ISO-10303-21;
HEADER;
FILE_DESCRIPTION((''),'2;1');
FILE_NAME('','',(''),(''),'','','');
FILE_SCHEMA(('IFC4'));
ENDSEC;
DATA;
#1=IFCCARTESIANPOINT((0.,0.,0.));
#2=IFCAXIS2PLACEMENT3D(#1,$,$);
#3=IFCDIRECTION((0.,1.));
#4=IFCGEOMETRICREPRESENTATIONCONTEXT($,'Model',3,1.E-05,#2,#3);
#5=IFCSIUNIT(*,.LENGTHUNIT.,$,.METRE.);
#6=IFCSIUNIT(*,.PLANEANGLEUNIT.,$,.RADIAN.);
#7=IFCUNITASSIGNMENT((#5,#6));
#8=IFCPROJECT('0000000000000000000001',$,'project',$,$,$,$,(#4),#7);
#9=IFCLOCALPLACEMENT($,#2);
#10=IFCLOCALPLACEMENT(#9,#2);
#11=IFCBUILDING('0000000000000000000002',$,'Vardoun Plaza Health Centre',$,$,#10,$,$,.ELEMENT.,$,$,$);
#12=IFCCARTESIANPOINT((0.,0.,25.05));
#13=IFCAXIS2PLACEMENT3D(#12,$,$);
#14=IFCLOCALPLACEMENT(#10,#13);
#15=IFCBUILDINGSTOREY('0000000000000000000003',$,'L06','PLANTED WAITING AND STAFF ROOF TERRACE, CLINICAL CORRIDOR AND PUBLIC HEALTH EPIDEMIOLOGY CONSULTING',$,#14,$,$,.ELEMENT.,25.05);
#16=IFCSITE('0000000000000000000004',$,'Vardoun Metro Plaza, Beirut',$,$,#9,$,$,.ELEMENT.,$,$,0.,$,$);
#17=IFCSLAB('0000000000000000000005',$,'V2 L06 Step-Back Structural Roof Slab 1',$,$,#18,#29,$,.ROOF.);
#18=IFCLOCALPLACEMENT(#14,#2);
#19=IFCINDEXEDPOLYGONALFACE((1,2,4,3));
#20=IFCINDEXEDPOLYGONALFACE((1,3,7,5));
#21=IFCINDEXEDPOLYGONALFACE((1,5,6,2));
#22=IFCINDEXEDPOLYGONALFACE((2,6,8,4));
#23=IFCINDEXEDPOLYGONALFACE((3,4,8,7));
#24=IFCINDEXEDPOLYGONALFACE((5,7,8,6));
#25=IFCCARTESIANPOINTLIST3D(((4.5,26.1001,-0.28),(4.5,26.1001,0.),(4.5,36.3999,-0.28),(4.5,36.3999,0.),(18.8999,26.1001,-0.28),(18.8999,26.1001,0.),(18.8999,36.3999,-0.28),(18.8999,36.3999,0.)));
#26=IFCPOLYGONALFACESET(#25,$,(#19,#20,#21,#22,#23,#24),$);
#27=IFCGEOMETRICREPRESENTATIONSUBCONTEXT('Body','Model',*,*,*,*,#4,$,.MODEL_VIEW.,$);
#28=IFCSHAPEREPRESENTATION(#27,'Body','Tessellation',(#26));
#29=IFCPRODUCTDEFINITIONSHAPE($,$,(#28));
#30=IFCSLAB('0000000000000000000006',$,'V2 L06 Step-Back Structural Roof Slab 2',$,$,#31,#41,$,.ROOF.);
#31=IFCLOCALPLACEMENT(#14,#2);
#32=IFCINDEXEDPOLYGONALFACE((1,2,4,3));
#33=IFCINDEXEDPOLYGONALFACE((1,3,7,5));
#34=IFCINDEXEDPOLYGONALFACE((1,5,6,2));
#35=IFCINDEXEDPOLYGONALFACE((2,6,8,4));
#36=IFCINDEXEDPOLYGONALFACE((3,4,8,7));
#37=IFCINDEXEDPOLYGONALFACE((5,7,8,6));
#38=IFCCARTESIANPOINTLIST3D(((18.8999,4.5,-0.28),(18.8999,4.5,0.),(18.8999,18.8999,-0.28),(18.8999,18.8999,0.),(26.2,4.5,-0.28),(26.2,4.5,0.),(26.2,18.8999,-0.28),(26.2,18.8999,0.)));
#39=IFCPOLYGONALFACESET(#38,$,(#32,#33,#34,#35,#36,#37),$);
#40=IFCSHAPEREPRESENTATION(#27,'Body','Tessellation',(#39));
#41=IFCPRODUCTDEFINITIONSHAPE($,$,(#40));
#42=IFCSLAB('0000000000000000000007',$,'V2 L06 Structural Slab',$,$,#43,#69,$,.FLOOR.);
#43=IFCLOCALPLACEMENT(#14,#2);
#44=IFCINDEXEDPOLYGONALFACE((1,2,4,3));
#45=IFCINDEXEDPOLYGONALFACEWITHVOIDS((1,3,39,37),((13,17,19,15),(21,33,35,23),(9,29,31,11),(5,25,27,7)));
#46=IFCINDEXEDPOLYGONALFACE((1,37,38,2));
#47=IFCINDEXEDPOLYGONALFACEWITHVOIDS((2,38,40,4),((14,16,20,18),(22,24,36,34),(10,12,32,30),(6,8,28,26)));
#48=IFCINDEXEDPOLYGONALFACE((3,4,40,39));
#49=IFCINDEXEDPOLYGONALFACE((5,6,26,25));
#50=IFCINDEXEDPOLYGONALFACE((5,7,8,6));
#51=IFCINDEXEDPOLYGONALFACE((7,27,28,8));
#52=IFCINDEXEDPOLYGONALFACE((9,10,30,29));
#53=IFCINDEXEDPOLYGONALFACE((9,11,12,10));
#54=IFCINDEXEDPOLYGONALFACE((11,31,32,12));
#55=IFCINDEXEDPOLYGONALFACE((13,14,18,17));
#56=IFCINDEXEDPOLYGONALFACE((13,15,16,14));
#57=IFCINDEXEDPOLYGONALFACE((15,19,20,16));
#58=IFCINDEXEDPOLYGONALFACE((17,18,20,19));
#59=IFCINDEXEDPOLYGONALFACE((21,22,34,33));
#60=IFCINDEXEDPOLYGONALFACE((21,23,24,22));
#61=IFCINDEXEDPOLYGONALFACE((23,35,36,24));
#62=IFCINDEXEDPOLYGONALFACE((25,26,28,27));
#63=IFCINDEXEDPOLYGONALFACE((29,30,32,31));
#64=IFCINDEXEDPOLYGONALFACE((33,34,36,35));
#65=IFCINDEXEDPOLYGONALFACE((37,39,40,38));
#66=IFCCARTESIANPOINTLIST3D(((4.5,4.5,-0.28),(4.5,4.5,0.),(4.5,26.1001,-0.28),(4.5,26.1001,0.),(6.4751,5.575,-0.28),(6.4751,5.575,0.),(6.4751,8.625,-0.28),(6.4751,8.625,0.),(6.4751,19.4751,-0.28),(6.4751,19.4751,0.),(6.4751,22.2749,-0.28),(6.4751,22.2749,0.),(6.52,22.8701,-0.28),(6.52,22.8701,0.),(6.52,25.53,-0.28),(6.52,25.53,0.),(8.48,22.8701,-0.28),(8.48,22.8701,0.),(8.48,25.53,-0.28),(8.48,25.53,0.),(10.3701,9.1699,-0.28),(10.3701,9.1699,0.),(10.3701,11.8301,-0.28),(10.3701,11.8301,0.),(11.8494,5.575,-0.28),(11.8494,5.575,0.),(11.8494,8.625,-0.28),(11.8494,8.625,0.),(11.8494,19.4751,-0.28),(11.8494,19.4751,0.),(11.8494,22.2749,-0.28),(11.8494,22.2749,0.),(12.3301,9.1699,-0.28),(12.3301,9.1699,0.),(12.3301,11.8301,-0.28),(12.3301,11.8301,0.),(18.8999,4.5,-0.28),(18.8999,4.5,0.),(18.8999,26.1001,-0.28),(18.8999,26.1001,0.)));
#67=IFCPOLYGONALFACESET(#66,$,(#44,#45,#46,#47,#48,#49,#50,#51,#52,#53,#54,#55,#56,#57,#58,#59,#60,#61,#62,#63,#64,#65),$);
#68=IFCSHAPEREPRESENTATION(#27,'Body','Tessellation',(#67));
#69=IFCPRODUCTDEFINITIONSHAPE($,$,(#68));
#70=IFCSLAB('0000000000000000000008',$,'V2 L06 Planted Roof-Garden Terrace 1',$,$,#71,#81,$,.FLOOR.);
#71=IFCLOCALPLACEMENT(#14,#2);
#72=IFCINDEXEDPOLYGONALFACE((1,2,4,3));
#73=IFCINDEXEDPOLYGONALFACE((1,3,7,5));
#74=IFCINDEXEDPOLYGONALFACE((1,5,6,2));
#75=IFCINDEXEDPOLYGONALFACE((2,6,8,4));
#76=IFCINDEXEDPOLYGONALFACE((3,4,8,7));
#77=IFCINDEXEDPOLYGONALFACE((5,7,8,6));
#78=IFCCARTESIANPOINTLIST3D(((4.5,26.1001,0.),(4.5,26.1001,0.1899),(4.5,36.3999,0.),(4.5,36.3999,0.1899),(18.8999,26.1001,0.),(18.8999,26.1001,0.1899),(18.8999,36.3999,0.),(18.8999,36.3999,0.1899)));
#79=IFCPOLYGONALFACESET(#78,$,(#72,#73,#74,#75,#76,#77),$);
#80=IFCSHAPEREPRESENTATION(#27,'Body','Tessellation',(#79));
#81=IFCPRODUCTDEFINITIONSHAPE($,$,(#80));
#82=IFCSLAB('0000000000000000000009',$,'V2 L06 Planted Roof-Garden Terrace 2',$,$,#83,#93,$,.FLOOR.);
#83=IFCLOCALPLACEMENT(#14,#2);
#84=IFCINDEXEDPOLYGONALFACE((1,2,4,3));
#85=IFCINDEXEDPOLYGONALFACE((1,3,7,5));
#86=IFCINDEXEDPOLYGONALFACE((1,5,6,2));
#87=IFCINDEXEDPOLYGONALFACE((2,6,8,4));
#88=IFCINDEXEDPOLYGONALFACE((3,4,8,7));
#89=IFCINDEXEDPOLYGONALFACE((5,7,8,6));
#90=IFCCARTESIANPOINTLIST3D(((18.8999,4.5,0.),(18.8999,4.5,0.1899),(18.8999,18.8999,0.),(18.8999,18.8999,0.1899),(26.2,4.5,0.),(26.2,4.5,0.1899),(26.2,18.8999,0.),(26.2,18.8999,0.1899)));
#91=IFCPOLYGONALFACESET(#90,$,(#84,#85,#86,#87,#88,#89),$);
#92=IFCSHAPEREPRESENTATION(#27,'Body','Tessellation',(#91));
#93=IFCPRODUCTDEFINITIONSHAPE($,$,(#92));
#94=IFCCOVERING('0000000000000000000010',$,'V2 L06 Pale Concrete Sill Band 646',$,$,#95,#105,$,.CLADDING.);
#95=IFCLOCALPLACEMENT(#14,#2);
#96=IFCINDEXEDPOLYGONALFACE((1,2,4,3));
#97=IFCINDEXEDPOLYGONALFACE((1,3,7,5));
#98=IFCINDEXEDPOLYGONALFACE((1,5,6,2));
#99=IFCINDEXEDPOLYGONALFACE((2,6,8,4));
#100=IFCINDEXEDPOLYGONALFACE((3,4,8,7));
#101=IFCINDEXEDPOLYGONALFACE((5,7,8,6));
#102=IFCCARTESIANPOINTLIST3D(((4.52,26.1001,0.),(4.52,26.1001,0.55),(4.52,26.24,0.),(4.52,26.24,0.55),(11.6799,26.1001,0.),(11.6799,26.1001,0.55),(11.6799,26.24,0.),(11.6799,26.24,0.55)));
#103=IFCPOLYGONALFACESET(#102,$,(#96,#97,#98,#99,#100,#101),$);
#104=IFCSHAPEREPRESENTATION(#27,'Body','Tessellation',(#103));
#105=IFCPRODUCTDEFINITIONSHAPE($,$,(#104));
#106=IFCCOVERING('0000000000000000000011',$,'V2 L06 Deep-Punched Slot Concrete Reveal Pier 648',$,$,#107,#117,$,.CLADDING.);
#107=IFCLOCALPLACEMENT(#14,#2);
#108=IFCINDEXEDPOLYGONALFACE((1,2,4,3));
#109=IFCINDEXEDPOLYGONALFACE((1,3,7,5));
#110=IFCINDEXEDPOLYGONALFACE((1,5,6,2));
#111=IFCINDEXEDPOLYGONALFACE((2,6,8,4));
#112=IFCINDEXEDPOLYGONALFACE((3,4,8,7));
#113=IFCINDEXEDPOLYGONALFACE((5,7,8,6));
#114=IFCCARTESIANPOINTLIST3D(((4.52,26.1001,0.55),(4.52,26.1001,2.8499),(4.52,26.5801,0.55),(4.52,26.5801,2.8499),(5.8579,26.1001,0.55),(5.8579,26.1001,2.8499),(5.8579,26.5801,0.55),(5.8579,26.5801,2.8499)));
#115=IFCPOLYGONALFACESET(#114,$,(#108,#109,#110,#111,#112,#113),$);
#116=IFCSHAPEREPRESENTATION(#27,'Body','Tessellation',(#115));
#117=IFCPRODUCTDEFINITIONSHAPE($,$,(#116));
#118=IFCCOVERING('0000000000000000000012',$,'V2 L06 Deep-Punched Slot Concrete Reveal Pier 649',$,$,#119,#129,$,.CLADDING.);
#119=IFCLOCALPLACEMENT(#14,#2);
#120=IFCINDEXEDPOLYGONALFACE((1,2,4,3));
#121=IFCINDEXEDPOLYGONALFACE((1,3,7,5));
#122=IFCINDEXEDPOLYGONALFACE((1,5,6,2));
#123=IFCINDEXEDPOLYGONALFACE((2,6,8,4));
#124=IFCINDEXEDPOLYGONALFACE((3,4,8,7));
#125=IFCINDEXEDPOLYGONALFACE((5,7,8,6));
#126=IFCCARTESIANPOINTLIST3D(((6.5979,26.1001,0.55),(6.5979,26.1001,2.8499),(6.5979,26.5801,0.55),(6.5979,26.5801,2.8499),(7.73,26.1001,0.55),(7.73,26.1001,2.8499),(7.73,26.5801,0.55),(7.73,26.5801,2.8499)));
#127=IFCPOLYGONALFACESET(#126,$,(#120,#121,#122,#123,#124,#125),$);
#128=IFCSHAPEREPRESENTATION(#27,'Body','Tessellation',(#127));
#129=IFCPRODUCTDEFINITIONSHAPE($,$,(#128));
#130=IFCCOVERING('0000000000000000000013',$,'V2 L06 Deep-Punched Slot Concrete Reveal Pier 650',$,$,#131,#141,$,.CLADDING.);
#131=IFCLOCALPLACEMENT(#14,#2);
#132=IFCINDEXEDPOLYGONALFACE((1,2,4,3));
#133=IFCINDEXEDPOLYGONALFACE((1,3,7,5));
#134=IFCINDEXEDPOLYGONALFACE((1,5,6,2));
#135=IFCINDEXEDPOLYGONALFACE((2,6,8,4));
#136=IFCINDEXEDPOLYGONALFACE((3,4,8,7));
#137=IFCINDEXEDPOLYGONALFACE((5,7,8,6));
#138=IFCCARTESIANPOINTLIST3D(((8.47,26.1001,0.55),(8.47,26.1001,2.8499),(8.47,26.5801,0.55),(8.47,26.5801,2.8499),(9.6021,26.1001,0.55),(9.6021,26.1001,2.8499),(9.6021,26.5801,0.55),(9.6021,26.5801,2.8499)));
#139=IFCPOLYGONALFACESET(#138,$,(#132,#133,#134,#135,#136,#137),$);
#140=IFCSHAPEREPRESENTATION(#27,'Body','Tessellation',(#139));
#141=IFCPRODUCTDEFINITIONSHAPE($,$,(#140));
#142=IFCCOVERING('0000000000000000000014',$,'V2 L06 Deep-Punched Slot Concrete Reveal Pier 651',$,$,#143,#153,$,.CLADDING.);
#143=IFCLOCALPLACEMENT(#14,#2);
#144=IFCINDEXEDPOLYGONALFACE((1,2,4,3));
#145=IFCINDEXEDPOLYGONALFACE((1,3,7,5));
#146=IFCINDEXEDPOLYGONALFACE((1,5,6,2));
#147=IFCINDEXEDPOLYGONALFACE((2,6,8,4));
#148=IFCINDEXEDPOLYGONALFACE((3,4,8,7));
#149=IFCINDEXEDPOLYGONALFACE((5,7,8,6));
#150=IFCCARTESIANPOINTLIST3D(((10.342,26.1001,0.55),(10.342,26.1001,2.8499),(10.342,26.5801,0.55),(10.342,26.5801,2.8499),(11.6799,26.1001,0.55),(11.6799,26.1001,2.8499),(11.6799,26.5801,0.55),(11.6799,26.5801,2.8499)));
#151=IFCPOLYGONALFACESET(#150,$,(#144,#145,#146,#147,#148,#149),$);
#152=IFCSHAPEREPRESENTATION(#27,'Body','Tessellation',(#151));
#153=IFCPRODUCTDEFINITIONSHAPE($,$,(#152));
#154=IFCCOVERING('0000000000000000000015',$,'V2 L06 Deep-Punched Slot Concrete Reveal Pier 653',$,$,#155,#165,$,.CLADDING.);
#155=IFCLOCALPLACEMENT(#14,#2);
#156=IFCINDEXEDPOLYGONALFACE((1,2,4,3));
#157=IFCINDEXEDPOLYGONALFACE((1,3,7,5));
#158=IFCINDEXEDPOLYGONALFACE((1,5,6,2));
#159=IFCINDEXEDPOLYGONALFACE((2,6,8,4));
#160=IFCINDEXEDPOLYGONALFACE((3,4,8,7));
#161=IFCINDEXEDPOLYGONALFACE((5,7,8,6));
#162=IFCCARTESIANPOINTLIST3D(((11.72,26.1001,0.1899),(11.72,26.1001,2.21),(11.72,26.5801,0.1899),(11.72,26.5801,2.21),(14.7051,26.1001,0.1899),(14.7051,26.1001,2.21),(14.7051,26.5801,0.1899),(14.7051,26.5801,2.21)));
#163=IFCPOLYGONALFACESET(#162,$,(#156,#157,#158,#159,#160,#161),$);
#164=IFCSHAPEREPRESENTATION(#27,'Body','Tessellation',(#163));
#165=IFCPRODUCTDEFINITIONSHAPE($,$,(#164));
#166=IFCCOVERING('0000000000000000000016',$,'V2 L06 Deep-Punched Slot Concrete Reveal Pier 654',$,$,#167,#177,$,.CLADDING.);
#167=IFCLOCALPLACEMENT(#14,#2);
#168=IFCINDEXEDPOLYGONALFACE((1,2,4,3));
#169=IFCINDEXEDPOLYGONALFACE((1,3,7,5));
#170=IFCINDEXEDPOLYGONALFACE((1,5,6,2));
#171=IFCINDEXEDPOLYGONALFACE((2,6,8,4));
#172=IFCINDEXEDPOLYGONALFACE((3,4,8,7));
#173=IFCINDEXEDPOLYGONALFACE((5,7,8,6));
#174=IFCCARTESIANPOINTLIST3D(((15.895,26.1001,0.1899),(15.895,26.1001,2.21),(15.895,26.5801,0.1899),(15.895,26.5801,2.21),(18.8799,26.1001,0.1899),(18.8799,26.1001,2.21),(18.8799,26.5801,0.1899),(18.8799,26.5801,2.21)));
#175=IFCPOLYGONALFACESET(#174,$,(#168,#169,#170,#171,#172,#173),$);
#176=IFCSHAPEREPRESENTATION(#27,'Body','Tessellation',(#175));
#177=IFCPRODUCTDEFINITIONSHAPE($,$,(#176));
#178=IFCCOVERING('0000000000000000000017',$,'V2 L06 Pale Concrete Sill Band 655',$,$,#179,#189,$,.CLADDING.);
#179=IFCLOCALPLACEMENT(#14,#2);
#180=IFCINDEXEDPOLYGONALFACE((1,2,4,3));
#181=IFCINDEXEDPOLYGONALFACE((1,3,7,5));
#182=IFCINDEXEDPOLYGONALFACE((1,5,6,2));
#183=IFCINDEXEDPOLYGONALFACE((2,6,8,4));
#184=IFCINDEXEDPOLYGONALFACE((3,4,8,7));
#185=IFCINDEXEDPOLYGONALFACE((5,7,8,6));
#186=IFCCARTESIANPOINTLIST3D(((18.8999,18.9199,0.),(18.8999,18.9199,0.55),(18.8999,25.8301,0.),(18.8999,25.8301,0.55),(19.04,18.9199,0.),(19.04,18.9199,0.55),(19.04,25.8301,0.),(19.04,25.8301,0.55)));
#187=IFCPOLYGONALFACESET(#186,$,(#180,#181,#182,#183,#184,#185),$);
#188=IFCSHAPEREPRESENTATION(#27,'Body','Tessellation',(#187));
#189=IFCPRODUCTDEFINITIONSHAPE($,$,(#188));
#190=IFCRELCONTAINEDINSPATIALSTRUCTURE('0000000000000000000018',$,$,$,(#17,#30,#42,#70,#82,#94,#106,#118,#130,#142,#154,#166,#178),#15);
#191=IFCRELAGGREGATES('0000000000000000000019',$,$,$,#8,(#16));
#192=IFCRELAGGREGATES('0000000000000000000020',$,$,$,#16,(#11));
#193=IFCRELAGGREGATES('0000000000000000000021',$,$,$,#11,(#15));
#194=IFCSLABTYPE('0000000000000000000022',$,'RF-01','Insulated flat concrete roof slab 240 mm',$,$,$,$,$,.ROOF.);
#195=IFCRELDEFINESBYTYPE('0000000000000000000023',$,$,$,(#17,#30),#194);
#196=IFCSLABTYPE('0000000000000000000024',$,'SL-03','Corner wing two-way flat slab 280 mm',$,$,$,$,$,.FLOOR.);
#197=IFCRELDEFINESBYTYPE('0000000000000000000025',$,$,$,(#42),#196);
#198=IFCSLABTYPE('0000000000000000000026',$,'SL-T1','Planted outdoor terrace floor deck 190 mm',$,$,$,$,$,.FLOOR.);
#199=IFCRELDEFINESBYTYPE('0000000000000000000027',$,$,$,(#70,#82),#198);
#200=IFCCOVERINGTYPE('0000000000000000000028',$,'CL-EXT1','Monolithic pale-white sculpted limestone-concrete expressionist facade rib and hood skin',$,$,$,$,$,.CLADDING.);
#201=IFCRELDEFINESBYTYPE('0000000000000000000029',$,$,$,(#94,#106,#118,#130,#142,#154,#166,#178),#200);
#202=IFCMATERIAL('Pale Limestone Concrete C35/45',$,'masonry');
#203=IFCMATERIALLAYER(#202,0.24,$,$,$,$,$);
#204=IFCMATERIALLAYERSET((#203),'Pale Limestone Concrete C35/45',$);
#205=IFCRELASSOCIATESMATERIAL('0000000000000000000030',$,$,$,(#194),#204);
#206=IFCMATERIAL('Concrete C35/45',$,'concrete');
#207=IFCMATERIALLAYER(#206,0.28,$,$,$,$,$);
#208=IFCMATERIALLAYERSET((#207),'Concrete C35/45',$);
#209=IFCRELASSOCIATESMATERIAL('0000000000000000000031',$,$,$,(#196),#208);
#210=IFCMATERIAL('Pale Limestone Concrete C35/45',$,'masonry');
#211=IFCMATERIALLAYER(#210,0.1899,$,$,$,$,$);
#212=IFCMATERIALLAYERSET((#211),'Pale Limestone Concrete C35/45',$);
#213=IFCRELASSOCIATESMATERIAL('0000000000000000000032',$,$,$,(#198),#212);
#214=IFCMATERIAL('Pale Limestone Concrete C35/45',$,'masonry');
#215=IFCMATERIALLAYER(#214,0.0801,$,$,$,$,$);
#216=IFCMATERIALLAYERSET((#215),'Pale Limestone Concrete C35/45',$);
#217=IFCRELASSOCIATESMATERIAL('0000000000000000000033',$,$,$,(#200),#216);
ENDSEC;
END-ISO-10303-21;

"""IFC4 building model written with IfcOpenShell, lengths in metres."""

from ifc_helpers import new_model, si_unit, direction, frame, origin, place, context, subcontext, project, spatial, polyline, outline, extrude, material, layer, layer_set, type_object, element, save


model = new_model("IFC4")

# Units and contexts
model_context = context("Model", 3, precision=1e-05, world=origin(), true_north=direction((0.0, 1.0)))
body_context = subcontext(model_context, "Body", "Model", "MODEL_VIEW")
ifc_project = project(units=[si_unit("LENGTHUNIT", "METRE"), si_unit("PLANEANGLEUNIT", "RADIAN")], contexts=[model_context])

# Site, building, storey
site_placement = place(None, origin())
site = spatial("IfcSite", under=ifc_project, at=site_placement, Name="Vardoun Metro Plaza, Beirut", CompositionType="ELEMENT", RefElevation=0.0)
building_placement = place(site_placement, origin())
building = spatial("IfcBuilding", under=site, at=building_placement, Name="Vardoun Plaza Health Centre", CompositionType="ELEMENT")
storey_placement = place(building_placement, frame((0.0, 0.0, 25.05)))
storey = spatial("IfcBuildingStorey", under=building, at=storey_placement, Name="L06", Description="PLANTED WAITING AND STAFF ROOF TERRACE, CLINICAL CORRIDOR AND PUBLIC HEALTH EPIDEMIOLOGY CONSULTING", CompositionType="ELEMENT", Elevation=25.05)

# Slabs
ifc_material_1 = material(Name="Pale Limestone Concrete C35/45", Category="masonry")
ifc_layer_1 = layer(ifc_material_1, 0.24)
ifc_layer_set_1 = layer_set([ifc_layer_1], Name="Pale Limestone Concrete C35/45")
slab_type_1 = type_object("IfcSlabType", Name="RF-01", Description="Insulated flat concrete roof slab 240 mm", PredefinedType="ROOF", material=ifc_layer_set_1)
slab_1_placement = place(storey_placement, frame((0.0, 0.0, -0.28)))
element("IfcSlab", 1, at=slab_1_placement, inside=storey, type_object=slab_type_1, Name="V2 L06 Step-Back Structural Roof Slab 1", PredefinedType="ROOF", context=body_context, shape_type="SweptSolid", body=[
    extrude(outline(polyline([(4.5, 26.1001), (18.8999, 26.1001), (18.8999, 36.3999), (4.5, 36.3999), (4.5, 26.1001)])), origin(), (0.0, 0.0, 1.0), 0.28),
])
slab_2_placement = place(storey_placement, frame((0.0, 0.0, -0.28)))
element("IfcSlab", 2, at=slab_2_placement, inside=storey, type_object=slab_type_1, Name="V2 L06 Step-Back Structural Roof Slab 2", PredefinedType="ROOF", context=body_context, shape_type="SweptSolid", body=[
    extrude(outline(polyline([(18.8999, 4.5), (26.2, 4.5), (26.2, 18.8999), (18.8999, 18.8999), (18.8999, 4.5)])), origin(), (0.0, 0.0, 1.0), 0.28),
])
ifc_material_2 = material(Name="Concrete C35/45", Category="concrete")
ifc_layer_2 = layer(ifc_material_2, 0.28)
ifc_layer_set_2 = layer_set([ifc_layer_2], Name="Concrete C35/45")
slab_type_2 = type_object("IfcSlabType", Name="SL-03", Description="Corner wing two-way flat slab 280 mm", PredefinedType="FLOOR", material=ifc_layer_set_2)
slab_3_placement = place(storey_placement, frame((0.0, 0.0, -0.28)))
element("IfcSlab", 3, at=slab_3_placement, inside=storey, type_object=slab_type_2, Name="V2 L06 Structural Slab", PredefinedType="FLOOR", context=body_context, shape_type="SweptSolid", body=[
    extrude(outline(polyline([(4.5, 4.5), (18.8999, 4.5), (18.8999, 26.1001), (4.5, 26.1001), (4.5, 4.5)]), holes=[polyline([(6.4751, 5.575), (11.8494, 5.575), (11.8494, 8.625), (6.4751, 8.625), (6.4751, 5.575)]), polyline([(10.3701, 9.1699), (12.3301, 9.1699), (12.3301, 11.8301), (10.3701, 11.8301), (10.3701, 9.1699)]), polyline([(6.4751, 19.4751), (11.8494, 19.4751), (11.8494, 22.2749), (6.4751, 22.2749), (6.4751, 19.4751)]), polyline([(6.52, 22.8701), (8.48, 22.8701), (8.48, 25.53), (6.52, 25.53), (6.52, 22.8701)])]), origin(), (0.0, 0.0, 1.0), 0.28),
])
ifc_material_3 = material(Name="Pale Limestone Concrete C35/45", Category="masonry")
ifc_layer_3 = layer(ifc_material_3, 0.1899)
ifc_layer_set_3 = layer_set([ifc_layer_3], Name="Pale Limestone Concrete C35/45")
slab_type_3 = type_object("IfcSlabType", Name="SL-T1", Description="Planted outdoor terrace floor deck 190 mm", PredefinedType="FLOOR", material=ifc_layer_set_3)
slab_4_placement = place(storey_placement, origin())
element("IfcSlab", 4, at=slab_4_placement, inside=storey, type_object=slab_type_3, Name="V2 L06 Planted Roof-Garden Terrace 1", PredefinedType="FLOOR", context=body_context, shape_type="SweptSolid", body=[
    extrude(outline(polyline([(4.5, 26.1001), (18.8999, 26.1001), (18.8999, 36.3999), (4.5, 36.3999), (4.5, 26.1001)])), origin(), (0.0, 0.0, 1.0), 0.1899),
])
slab_5_placement = place(storey_placement, origin())
element("IfcSlab", 5, at=slab_5_placement, inside=storey, type_object=slab_type_3, Name="V2 L06 Planted Roof-Garden Terrace 2", PredefinedType="FLOOR", context=body_context, shape_type="SweptSolid", body=[
    extrude(outline(polyline([(18.8999, 4.5), (26.2, 4.5), (26.2, 18.8999), (18.8999, 18.8999), (18.8999, 4.5)])), origin(), (0.0, 0.0, 1.0), 0.1899),
])

# Coverings
ifc_material_4 = material(Name="Pale Limestone Concrete C35/45", Category="masonry")
ifc_layer_4 = layer(ifc_material_4, 0.0801)
ifc_layer_set_4 = layer_set([ifc_layer_4], Name="Pale Limestone Concrete C35/45")
covering_type_1 = type_object("IfcCoveringType", Name="CL-EXT1", Description="Monolithic pale-white sculpted limestone-concrete expressionist facade rib and hood skin", PredefinedType="CLADDING", material=ifc_layer_set_4)
covering_1_placement = place(storey_placement, origin())
element("IfcCovering", 6, at=covering_1_placement, inside=storey, type_object=covering_type_1, Name="V2 L06 Pale Concrete Sill Band 646", PredefinedType="CLADDING", context=body_context, shape_type="SweptSolid", body=[
    extrude(outline(polyline([(4.52, 26.1001), (11.6799, 26.1001), (11.6799, 26.24), (4.52, 26.24), (4.52, 26.1001)])), origin(), (0.0, 0.0, 1.0), 0.55),
])
covering_2_placement = place(storey_placement, frame((0.0, 0.0, 0.55)))
element("IfcCovering", 7, at=covering_2_placement, inside=storey, type_object=covering_type_1, Name="V2 L06 Deep-Punched Slot Concrete Reveal Pier 648", PredefinedType="CLADDING", context=body_context, shape_type="SweptSolid", body=[
    extrude(outline(polyline([(4.52, 26.1001), (5.8579, 26.1001), (5.8579, 26.5801), (4.52, 26.5801), (4.52, 26.1001)])), origin(), (0.0, 0.0, 1.0), 2.2998),
])
covering_3_placement = place(storey_placement, frame((0.0, 0.0, 0.55)))
element("IfcCovering", 8, at=covering_3_placement, inside=storey, type_object=covering_type_1, Name="V2 L06 Deep-Punched Slot Concrete Reveal Pier 649", PredefinedType="CLADDING", context=body_context, shape_type="SweptSolid", body=[
    extrude(outline(polyline([(6.5979, 26.1001), (7.73, 26.1001), (7.73, 26.5801), (6.5979, 26.5801), (6.5979, 26.1001)])), origin(), (0.0, 0.0, 1.0), 2.2998),
])
covering_4_placement = place(storey_placement, frame((0.0, 0.0, 0.55)))
element("IfcCovering", 9, at=covering_4_placement, inside=storey, type_object=covering_type_1, Name="V2 L06 Deep-Punched Slot Concrete Reveal Pier 650", PredefinedType="CLADDING", context=body_context, shape_type="SweptSolid", body=[
    extrude(outline(polyline([(8.47, 26.1001), (9.6021, 26.1001), (9.6021, 26.5801), (8.47, 26.5801), (8.47, 26.1001)])), origin(), (0.0, 0.0, 1.0), 2.2998),
])
covering_5_placement = place(storey_placement, frame((0.0, 0.0, 0.55)))
element("IfcCovering", 10, at=covering_5_placement, inside=storey, type_object=covering_type_1, Name="V2 L06 Deep-Punched Slot Concrete Reveal Pier 651", PredefinedType="CLADDING", context=body_context, shape_type="SweptSolid", body=[
    extrude(outline(polyline([(10.342, 26.1001), (11.6799, 26.1001), (11.6799, 26.5801), (10.342, 26.5801), (10.342, 26.1001)])), origin(), (0.0, 0.0, 1.0), 2.2998),
])
covering_6_placement = place(storey_placement, frame((0.0, 0.0, 0.1899)))
element("IfcCovering", 11, at=covering_6_placement, inside=storey, type_object=covering_type_1, Name="V2 L06 Deep-Punched Slot Concrete Reveal Pier 653", PredefinedType="CLADDING", context=body_context, shape_type="SweptSolid", body=[
    extrude(outline(polyline([(11.72, 26.1001), (14.7051, 26.1001), (14.7051, 26.5801), (11.72, 26.5801), (11.72, 26.1001)])), origin(), (0.0, 0.0, 1.0), 2.02),
])
covering_7_placement = place(storey_placement, frame((0.0, 0.0, 0.1899)))
element("IfcCovering", 12, at=covering_7_placement, inside=storey, type_object=covering_type_1, Name="V2 L06 Deep-Punched Slot Concrete Reveal Pier 654", PredefinedType="CLADDING", context=body_context, shape_type="SweptSolid", body=[
    extrude(outline(polyline([(15.895, 26.1001), (18.8799, 26.1001), (18.8799, 26.5801), (15.895, 26.5801), (15.895, 26.1001)])), origin(), (0.0, 0.0, 1.0), 2.02),
])
covering_8_placement = place(storey_placement, origin())
element("IfcCovering", 13, at=covering_8_placement, inside=storey, type_object=covering_type_1, Name="V2 L06 Pale Concrete Sill Band 655", PredefinedType="CLADDING", context=body_context, shape_type="SweptSolid", body=[
    extrude(outline(polyline([(18.8999, 25.8301), (18.8999, 18.9199), (19.04, 18.9199), (19.04, 25.8301), (18.8999, 25.8301)])), origin(), (0.0, 0.0, 1.0), 0.55),
])

save(model, "model.ifc")
